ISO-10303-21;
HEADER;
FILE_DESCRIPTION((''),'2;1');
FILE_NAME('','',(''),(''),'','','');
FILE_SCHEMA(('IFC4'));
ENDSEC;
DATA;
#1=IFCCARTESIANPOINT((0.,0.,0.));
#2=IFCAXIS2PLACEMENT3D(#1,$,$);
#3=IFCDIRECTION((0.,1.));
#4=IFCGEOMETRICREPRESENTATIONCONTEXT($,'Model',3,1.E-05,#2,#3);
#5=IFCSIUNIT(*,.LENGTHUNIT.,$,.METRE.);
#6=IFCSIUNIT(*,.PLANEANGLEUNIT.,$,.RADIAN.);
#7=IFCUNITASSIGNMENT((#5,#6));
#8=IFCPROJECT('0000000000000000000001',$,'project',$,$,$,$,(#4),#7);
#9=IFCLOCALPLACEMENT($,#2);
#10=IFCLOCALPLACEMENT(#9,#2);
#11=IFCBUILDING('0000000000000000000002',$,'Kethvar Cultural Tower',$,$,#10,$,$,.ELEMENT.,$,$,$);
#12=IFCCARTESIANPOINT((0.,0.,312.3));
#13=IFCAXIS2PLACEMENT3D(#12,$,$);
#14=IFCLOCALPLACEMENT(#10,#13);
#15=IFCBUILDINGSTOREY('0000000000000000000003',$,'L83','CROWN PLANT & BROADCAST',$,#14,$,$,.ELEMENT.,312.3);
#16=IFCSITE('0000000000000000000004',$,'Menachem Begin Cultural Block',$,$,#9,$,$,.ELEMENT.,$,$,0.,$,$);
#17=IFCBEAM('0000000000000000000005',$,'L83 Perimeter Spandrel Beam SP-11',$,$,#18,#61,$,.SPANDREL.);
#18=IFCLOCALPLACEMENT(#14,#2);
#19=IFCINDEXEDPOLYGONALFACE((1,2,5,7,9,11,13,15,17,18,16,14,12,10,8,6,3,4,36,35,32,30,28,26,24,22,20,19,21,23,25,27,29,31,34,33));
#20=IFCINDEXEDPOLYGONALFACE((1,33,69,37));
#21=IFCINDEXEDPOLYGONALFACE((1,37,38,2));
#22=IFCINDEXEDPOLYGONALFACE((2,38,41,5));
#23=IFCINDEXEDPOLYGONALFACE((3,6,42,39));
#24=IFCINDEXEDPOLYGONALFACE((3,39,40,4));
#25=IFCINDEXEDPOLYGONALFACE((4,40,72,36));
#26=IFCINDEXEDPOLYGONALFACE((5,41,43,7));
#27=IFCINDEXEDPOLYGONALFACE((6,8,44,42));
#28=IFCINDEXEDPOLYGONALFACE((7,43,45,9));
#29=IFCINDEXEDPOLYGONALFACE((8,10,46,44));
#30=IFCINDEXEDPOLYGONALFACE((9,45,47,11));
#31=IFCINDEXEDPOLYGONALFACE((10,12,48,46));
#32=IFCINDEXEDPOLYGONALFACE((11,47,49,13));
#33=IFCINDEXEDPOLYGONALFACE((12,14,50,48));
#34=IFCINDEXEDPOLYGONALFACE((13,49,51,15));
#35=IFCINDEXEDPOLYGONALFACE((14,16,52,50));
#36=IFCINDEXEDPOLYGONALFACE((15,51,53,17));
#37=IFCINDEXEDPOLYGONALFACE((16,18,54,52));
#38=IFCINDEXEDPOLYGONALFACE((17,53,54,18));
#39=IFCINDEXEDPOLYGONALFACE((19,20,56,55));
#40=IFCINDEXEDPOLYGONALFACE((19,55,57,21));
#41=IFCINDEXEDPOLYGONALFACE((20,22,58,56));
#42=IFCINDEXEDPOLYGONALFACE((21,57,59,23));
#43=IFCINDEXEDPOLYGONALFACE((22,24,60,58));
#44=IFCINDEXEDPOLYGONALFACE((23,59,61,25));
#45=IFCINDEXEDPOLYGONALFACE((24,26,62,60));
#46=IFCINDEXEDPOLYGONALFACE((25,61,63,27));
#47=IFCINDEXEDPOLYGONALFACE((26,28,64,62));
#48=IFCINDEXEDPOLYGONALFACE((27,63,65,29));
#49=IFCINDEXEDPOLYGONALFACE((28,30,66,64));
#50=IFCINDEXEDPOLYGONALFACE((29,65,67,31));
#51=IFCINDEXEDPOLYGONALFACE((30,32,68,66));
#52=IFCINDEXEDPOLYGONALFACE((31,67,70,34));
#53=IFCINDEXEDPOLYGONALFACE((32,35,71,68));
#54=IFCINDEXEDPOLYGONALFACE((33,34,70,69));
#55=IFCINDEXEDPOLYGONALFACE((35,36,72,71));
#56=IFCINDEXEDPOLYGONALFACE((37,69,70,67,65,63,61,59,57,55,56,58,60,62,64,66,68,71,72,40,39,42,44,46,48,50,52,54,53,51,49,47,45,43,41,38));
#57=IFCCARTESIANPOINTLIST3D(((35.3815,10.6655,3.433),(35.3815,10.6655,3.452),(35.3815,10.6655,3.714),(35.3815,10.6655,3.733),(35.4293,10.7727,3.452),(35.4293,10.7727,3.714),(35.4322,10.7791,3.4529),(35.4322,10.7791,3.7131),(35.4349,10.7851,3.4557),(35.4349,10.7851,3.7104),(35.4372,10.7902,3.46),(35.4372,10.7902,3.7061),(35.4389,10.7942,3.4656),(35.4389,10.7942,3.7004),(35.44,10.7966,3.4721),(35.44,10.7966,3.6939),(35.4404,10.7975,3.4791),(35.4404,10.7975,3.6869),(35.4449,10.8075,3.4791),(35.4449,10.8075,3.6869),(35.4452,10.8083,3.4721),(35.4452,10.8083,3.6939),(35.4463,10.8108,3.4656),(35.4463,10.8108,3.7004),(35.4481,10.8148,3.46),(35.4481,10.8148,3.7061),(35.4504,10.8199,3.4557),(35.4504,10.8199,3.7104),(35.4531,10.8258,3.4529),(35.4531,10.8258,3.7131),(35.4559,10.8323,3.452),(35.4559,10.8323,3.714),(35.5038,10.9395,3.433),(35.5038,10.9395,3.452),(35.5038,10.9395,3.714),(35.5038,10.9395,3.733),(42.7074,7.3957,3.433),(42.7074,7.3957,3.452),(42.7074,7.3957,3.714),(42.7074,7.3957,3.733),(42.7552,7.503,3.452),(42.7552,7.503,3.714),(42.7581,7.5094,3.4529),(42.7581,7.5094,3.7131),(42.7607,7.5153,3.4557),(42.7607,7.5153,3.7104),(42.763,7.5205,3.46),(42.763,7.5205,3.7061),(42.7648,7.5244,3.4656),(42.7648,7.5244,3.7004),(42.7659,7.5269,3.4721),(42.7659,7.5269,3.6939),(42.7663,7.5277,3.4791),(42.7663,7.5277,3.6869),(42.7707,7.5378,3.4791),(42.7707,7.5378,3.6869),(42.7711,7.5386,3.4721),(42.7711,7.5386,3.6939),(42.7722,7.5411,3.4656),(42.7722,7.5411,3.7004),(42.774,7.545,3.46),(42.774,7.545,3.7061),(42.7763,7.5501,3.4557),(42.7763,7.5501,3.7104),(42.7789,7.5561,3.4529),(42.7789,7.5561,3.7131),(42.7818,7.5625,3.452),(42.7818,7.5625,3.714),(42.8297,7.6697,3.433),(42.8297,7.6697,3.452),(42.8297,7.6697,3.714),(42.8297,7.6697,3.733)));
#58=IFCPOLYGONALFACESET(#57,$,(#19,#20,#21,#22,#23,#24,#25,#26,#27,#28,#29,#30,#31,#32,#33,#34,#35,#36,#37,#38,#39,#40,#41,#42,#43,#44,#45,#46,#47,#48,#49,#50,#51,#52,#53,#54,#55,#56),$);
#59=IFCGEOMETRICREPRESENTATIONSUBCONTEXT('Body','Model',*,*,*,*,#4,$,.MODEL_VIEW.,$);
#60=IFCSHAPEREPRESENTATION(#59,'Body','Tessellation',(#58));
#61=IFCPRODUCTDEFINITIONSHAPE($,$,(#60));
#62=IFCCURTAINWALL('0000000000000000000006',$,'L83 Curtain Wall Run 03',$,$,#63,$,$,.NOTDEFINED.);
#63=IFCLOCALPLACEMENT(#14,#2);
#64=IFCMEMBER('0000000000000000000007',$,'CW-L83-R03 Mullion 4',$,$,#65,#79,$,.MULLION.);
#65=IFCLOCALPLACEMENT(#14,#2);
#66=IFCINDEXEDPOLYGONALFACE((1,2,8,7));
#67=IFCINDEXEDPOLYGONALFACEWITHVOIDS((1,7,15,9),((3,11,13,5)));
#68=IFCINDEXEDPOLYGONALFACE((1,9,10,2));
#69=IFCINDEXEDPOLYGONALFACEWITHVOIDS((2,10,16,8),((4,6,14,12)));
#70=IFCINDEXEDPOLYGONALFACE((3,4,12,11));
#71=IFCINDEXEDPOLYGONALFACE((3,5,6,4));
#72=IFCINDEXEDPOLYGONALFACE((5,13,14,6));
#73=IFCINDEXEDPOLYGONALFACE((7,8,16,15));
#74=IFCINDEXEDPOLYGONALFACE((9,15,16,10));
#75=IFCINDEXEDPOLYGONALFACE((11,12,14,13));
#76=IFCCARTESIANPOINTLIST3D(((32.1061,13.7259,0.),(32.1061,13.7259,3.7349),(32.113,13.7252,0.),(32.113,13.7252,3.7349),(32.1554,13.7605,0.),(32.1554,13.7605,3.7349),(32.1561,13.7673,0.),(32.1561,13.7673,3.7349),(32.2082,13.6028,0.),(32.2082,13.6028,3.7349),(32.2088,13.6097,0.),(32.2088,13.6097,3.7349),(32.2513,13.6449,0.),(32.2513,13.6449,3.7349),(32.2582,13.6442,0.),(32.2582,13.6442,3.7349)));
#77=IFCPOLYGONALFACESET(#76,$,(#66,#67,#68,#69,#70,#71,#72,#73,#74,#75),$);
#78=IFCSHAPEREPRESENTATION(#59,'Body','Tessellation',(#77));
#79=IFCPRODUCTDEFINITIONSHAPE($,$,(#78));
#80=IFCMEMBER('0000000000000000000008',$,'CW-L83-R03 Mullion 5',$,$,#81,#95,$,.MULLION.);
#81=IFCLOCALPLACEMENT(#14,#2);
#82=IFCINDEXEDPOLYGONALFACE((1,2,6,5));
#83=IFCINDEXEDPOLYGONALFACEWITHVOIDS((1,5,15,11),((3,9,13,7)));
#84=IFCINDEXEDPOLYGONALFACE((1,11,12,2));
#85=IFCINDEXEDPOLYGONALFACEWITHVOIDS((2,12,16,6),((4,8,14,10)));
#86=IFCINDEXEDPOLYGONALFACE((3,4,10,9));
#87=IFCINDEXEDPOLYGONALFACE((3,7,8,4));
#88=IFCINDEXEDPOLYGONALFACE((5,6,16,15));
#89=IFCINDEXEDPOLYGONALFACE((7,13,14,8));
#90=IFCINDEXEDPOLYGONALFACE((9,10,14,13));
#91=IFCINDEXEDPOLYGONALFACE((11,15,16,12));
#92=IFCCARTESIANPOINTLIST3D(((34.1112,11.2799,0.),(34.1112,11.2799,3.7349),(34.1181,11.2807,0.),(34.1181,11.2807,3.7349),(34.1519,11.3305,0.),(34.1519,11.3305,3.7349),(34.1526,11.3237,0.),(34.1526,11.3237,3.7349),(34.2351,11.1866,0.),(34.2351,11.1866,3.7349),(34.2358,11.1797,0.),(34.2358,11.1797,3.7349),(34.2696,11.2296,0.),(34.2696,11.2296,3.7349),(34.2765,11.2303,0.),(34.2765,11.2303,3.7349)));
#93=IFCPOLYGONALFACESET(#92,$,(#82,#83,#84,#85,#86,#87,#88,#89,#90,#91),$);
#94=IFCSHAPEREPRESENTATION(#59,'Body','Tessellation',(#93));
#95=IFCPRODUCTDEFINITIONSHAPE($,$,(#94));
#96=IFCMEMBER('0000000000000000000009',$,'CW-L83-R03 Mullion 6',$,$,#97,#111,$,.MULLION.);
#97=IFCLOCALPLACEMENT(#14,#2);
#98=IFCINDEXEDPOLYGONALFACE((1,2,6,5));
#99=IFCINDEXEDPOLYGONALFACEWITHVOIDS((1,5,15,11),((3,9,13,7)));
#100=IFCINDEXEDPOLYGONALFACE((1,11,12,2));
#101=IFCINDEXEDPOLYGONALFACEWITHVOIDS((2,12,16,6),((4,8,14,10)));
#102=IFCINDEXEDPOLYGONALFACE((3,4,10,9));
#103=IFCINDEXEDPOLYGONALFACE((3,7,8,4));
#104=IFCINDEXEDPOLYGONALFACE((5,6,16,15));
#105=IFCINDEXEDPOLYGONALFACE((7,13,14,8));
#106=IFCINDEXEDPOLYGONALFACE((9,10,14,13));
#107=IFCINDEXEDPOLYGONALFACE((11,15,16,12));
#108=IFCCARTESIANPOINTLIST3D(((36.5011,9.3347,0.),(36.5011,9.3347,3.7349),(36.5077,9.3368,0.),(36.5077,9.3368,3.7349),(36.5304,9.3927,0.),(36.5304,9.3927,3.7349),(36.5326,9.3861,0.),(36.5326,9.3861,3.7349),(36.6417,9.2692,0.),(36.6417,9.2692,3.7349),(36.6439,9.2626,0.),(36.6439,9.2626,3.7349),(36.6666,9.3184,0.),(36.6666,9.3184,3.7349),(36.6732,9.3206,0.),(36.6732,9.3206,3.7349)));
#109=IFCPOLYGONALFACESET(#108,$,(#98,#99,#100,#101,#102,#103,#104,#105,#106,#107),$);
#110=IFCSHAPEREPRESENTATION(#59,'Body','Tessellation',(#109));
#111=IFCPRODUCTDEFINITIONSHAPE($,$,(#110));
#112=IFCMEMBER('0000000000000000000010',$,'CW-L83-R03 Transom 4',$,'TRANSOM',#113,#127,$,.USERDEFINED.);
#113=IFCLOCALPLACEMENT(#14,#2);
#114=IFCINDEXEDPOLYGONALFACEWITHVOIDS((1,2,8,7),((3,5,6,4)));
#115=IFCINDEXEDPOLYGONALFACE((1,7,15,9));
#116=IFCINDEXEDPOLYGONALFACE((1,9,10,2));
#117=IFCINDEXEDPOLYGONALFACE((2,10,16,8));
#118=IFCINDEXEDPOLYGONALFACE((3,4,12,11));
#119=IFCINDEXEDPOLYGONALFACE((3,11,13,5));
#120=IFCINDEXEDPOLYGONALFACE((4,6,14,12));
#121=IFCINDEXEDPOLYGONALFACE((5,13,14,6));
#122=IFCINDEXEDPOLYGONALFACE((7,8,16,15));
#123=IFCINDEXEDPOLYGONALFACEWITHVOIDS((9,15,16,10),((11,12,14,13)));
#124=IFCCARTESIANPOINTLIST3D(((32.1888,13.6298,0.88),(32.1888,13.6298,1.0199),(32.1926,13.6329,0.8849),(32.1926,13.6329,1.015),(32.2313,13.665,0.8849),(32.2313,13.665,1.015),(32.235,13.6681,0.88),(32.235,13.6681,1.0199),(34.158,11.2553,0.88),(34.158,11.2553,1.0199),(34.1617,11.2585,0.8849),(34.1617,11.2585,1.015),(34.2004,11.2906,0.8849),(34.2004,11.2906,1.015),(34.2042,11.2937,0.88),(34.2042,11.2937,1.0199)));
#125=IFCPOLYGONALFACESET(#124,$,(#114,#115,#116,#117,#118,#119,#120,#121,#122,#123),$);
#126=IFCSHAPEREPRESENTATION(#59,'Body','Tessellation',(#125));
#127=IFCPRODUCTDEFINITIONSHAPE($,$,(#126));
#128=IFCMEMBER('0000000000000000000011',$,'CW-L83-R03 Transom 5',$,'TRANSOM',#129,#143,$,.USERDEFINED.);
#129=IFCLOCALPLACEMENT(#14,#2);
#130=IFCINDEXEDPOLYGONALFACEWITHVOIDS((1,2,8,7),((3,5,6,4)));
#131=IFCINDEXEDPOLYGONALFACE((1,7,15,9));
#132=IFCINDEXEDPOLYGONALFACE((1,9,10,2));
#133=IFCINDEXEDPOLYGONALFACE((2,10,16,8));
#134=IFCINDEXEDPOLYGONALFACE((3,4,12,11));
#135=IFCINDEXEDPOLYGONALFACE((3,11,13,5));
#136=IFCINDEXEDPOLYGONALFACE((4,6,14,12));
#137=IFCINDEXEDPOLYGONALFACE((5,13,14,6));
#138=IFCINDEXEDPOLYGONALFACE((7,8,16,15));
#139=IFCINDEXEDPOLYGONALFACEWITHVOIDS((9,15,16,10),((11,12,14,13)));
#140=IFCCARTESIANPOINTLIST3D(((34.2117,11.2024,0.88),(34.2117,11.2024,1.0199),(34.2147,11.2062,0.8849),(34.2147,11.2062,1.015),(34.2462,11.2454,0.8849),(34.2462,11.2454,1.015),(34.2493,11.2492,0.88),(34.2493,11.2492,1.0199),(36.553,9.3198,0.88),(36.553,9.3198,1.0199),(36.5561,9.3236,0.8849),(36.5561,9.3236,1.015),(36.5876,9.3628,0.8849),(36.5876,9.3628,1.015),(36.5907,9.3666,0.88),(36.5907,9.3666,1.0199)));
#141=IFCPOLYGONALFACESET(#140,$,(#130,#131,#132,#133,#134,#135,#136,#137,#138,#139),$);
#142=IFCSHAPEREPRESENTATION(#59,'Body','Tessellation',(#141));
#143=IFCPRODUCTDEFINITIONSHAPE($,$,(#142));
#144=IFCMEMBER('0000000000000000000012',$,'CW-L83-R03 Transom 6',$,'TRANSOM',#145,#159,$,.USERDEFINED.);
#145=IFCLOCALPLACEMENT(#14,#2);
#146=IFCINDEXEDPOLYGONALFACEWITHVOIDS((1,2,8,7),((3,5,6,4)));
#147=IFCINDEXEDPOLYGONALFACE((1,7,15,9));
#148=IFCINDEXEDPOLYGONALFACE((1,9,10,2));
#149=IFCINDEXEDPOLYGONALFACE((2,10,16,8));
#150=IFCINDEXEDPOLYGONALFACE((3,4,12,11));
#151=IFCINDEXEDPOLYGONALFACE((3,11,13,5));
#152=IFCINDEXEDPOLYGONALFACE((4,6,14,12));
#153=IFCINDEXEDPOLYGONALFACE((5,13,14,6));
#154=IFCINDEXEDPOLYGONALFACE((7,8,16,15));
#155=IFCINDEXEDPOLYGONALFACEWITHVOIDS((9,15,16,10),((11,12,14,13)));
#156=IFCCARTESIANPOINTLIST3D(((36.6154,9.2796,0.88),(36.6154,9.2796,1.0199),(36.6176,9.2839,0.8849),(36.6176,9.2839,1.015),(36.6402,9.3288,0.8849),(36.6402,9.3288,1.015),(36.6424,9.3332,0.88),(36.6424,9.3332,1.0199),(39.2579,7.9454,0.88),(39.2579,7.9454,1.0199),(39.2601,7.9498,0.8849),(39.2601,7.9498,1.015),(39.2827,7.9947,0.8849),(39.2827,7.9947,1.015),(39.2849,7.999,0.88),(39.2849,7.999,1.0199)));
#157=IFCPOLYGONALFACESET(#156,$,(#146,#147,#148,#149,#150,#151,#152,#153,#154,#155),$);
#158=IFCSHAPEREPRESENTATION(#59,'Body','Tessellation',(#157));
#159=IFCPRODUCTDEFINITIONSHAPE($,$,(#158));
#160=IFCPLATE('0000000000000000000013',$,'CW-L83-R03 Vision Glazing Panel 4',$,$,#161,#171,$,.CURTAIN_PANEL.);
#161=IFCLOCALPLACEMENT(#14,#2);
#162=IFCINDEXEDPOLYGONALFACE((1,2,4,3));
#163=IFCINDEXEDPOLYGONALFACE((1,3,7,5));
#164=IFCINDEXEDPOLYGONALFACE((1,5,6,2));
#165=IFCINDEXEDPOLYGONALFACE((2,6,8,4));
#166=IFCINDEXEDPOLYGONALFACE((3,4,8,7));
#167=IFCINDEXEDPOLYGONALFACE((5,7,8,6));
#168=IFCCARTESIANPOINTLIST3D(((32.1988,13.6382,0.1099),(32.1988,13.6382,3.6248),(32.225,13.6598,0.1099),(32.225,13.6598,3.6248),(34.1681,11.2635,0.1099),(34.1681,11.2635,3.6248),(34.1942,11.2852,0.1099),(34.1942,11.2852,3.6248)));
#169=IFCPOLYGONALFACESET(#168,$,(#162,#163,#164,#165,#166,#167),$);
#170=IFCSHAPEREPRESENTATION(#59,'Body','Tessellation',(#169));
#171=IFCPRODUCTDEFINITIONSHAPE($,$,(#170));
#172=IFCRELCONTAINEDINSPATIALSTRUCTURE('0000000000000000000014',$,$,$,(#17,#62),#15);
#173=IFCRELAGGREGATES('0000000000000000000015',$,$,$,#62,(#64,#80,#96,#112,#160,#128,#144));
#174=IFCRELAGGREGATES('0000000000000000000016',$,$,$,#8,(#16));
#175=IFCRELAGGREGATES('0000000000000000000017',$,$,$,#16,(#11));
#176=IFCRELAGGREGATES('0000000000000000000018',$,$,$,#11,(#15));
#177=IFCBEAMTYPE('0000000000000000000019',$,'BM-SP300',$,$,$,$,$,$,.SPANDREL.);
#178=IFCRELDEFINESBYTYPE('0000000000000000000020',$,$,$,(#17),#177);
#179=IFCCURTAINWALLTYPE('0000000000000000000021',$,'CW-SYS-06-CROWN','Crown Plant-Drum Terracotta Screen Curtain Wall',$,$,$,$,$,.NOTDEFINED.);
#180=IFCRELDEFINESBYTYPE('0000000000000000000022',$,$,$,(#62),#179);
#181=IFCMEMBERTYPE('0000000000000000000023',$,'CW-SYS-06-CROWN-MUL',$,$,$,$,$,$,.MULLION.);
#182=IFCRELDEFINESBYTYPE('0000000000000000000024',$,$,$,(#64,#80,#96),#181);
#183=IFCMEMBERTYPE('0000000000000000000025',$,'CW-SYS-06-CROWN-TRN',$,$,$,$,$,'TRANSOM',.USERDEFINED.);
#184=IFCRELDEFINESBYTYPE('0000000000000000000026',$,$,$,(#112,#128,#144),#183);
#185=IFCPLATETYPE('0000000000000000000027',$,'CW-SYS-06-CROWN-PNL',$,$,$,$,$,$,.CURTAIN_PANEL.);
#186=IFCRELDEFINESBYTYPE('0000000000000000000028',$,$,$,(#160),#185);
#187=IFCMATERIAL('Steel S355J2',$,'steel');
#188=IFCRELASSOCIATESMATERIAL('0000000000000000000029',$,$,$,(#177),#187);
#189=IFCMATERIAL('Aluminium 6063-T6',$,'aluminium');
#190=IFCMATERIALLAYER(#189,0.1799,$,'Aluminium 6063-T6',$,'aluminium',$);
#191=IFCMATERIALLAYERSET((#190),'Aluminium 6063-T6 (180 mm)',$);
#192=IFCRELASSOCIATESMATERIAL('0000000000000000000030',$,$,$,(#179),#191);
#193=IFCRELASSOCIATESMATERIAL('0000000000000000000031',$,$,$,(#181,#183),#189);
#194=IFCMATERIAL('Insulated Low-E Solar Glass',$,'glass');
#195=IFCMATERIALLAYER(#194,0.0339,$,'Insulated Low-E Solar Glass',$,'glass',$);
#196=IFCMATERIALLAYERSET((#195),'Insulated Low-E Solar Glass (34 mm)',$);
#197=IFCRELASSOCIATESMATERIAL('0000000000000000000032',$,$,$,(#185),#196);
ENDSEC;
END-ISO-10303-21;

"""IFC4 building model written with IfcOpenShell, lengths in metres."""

from ifc_helpers import new_model, si_unit, direction, frame, origin, origin_2d, place, context, subcontext, project, spatial, rectangle, hollow_rectangle, i_section, extrude, source, transform, mapped, material, layer, layer_set, material_profile, profile_set, type_object, element, aggregate, save


model = new_model("IFC4")

# Units and contexts
model_context = context("Model", 3, precision=1e-05, world=origin(), true_north=direction((0.0, 1.0)))
body_context = subcontext(model_context, "Body", "Model", "MODEL_VIEW")
ifc_project = project(units=[si_unit("LENGTHUNIT", "METRE"), si_unit("PLANEANGLEUNIT", "RADIAN")], contexts=[model_context])

# Site, building, storey
site_placement = place(None, origin())
site = spatial("IfcSite", under=ifc_project, at=site_placement, Name="Menachem Begin Cultural Block", CompositionType="ELEMENT", RefElevation=0.0)
building_placement = place(site_placement, origin())
building = spatial("IfcBuilding", under=site, at=building_placement, Name="Kethvar Cultural Tower", CompositionType="ELEMENT")
storey_placement = place(building_placement, frame((0.0, 0.0, 312.3)))
storey = spatial("IfcBuildingStorey", under=building, at=storey_placement, Name="L83", Description="CROWN PLANT & BROADCAST", CompositionType="ELEMENT", Elevation=312.3)

# Shared definitions
ifc_material_1 = material(Name="Steel S355J2", Category="steel")

# Beam
ifc_material_profile_1 = material_profile(ifc_material_1, i_section(OverallWidth=0.3, OverallDepth=0.3, WebThickness=0.011, FlangeThickness=0.019, FilletRadius=0.0271, at=origin_2d()), Name="Steel S355J2 — HEB300")
ifc_profile_set_1 = profile_set([ifc_material_profile_1], Name="Steel S355J2 — HEB300")
beam_type_1 = type_object("IfcBeamType", Name="BM-SP300", PredefinedType="SPANDREL", material=ifc_profile_set_1)
shared_shape_1 = source(origin(), body_context, "Body", "SweptSolid", [
    extrude(i_section(OverallWidth=0.3, OverallDepth=0.3, WebThickness=0.011, FlangeThickness=0.019, FilletRadius=0.0271, at=origin_2d()), origin(), (0.0, 0.0, 1.0), 8.0225),
])
beam_1_placement = place(storey_placement, frame((35.4426, 10.8025, 3.583), z_axis=(0.913172, -0.407575, 0.0), x_axis=(0.407575, 0.913172, 0.0)))
element("IfcBeam", 1, at=beam_1_placement, inside=storey, type_object=beam_type_1, Name="L83 Perimeter Spandrel Beam SP-11", PredefinedType="SPANDREL", context=body_context, shape_type="MappedRepresentation", body=[
    mapped(shared_shape_1, transform((0.0, 0.0, 0.0), scale=1.0)),
])

# Curtain wall, members, plate
ifc_material_2 = material(Name="Aluminium 6063-T6", Category="aluminium")
ifc_layer_1 = layer(ifc_material_2, 0.1799, Name="Aluminium 6063-T6", Category="aluminium")
ifc_layer_set_1 = layer_set([ifc_layer_1], Name="Aluminium 6063-T6 (180 mm)")
curtain_wall_type = type_object("IfcCurtainWallType", Name="CW-SYS-06-CROWN", Description="Crown Plant-Drum Terracotta Screen Curtain Wall", PredefinedType="NOTDEFINED", material=ifc_layer_set_1)
curtain_wall_placement = place(storey_placement, origin())
curtain_wall = element("IfcCurtainWall", 2, at=curtain_wall_placement, inside=storey, type_object=curtain_wall_type, Name="L83 Curtain Wall Run 03", PredefinedType="NOTDEFINED")
ifc_material_profile_2 = material_profile(ifc_material_2, hollow_rectangle(XDim=0.0649, YDim=0.1599, WallThickness=0.0049, at=origin_2d()), Name="Aluminium 6063-T6 — RHS160x65x5")
ifc_profile_set_2 = profile_set([ifc_material_profile_2], Name="Aluminium 6063-T6 — RHS160x65x5")
member_type_1 = type_object("IfcMemberType", Name="CW-SYS-06-CROWN-MUL", PredefinedType="MULLION", material=ifc_profile_set_2)
shared_shape_2 = source(origin(), body_context, "Body", "SweptSolid", [
    extrude(hollow_rectangle(XDim=0.0649, YDim=0.1599, WallThickness=0.0049, at=origin_2d()), origin(), (0.0, 0.0, 1.0), 3.7349),
])
member_1_placement = place(storey_placement, frame((32.1821, 13.6851, 0.0), z_axis=(0.0, 0.0, 1.0), x_axis=(0.769756, 0.638338, 0.0)))
member_1 = element("IfcMember", 3, at=member_1_placement, type_object=member_type_1, Name="CW-L83-R03 Mullion 4", PredefinedType="MULLION", context=body_context, shape_type="MappedRepresentation", body=[
    mapped(shared_shape_2, transform((0.0, 0.0, 0.0), scale=1.0)),
])
member_2_placement = place(storey_placement, frame((34.1938, 11.2551, 0.0), z_axis=(0.0, 0.0, 1.0), x_axis=(0.626617, 0.779327, 0.0)))
member_2 = element("IfcMember", 4, at=member_2_placement, type_object=member_type_1, Name="CW-L83-R03 Mullion 5", PredefinedType="MULLION", context=body_context, shape_type="MappedRepresentation", body=[
    mapped(shared_shape_2, transform((0.0, 0.0, 0.0), scale=1.0)),
])
member_3_placement = place(storey_placement, frame((36.5872, 9.3276, 0.0), z_axis=(0.0, 0.0, 1.0), x_axis=(0.450753, 0.892649, 0.0)))
member_3 = element("IfcMember", 5, at=member_3_placement, type_object=member_type_1, Name="CW-L83-R03 Mullion 6", PredefinedType="MULLION", context=body_context, shape_type="MappedRepresentation", body=[
    mapped(shared_shape_2, transform((0.0, 0.0, 0.0), scale=1.0)),
])
ifc_material_profile_3 = material_profile(ifc_material_2, hollow_rectangle(XDim=0.0601, YDim=0.1399, WallThickness=0.0049, at=origin_2d()), Name="Aluminium 6063-T6 — RHS140x60x5")
ifc_profile_set_3 = profile_set([ifc_material_profile_3], Name="Aluminium 6063-T6 — RHS140x60x5")
member_type_2 = type_object("IfcMemberType", Name="CW-SYS-06-CROWN-TRN", ElementType="TRANSOM", PredefinedType="USERDEFINED", material=ifc_profile_set_3)
shared_shape_3 = source(origin(), body_context, "Body", "SweptSolid", [
    extrude(hollow_rectangle(XDim=0.0601, YDim=0.1399, WallThickness=0.0049, at=origin_2d()), origin(), (0.0, 0.0, 1.0), 3.0847),
])
member_4_placement = place(storey_placement, frame((32.2119, 13.6489, 0.95), z_axis=(0.638361, -0.769737, 0.0), x_axis=(0.769737, 0.638361, 0.0)))
member_4 = element("IfcMember", 6, at=member_4_placement, type_object=member_type_2, Name="CW-L83-R03 Transom 4", ObjectType="TRANSOM", PredefinedType="USERDEFINED", context=body_context, shape_type="MappedRepresentation", body=[
    mapped(shared_shape_3, transform((0.0, 0.0, 0.0), scale=1.0)),
])
shared_shape_4 = source(origin(), body_context, "Body", "SweptSolid", [
    extrude(hollow_rectangle(XDim=0.0601, YDim=0.1399, WallThickness=0.0049, at=origin_2d()), origin(), (0.0, 0.0, 1.0), 3.0044),
])
member_5_placement = place(storey_placement, frame((34.2305, 11.2258, 0.95), z_axis=(0.77932, -0.626626, 0.0), x_axis=(0.626626, 0.77932, 0.0)))
member_5 = element("IfcMember", 7, at=member_5_placement, type_object=member_type_2, Name="CW-L83-R03 Transom 5", ObjectType="TRANSOM", PredefinedType="USERDEFINED", context=body_context, shape_type="MappedRepresentation", body=[
    mapped(shared_shape_4, transform((0.0, 0.0, 0.0), scale=1.0)),
])
shared_shape_5 = source(origin(), body_context, "Body", "SweptSolid", [
    extrude(hollow_rectangle(XDim=0.0601, YDim=0.1399, WallThickness=0.0049, at=origin_2d()), origin(), (0.0, 0.0, 1.0), 2.9602),
])
member_6_placement = place(storey_placement, frame((36.6289, 9.3064, 0.95), z_axis=(0.892672, -0.450707, 0.0), x_axis=(0.450707, 0.892672, 0.0)))
member_6 = element("IfcMember", 8, at=member_6_placement, type_object=member_type_2, Name="CW-L83-R03 Transom 6", ObjectType="TRANSOM", PredefinedType="USERDEFINED", context=body_context, shape_type="MappedRepresentation", body=[
    mapped(shared_shape_5, transform((0.0, 0.0, 0.0), scale=1.0)),
])
ifc_material_3 = material(Name="Insulated Low-E Solar Glass", Category="glass")
ifc_layer_2 = layer(ifc_material_3, 0.0339, Name="Insulated Low-E Solar Glass", Category="glass")
ifc_layer_set_2 = layer_set([ifc_layer_2], Name="Insulated Low-E Solar Glass (34 mm)")
plate_type = type_object("IfcPlateType", Name="CW-SYS-06-CROWN-PNL", PredefinedType="CURTAIN_PANEL", material=ifc_layer_set_2)
shared_shape_6 = source(origin(), body_context, "Body", "SweptSolid", [
    extrude(rectangle(XDim=3.085, YDim=0.0339, at=origin_2d()), origin(), (0.0, 0.0, 1.0), 3.5149),
])
plate_1_placement = place(storey_placement, frame((33.1965, 12.4617, 0.1099), z_axis=(0.0, 0.0, 1.0), x_axis=(0.638338, -0.769756, 0.0)))
plate_1 = element("IfcPlate", 9, at=plate_1_placement, type_object=plate_type, Name="CW-L83-R03 Vision Glazing Panel 4", PredefinedType="CURTAIN_PANEL", context=body_context, shape_type="MappedRepresentation", body=[
    mapped(shared_shape_6, transform((0.0, 0.0, 0.0), scale=1.0)),
])
aggregate(curtain_wall, [member_1, member_2, member_3, member_4, plate_1, member_5, member_6])

save(model, "model.ifc")
